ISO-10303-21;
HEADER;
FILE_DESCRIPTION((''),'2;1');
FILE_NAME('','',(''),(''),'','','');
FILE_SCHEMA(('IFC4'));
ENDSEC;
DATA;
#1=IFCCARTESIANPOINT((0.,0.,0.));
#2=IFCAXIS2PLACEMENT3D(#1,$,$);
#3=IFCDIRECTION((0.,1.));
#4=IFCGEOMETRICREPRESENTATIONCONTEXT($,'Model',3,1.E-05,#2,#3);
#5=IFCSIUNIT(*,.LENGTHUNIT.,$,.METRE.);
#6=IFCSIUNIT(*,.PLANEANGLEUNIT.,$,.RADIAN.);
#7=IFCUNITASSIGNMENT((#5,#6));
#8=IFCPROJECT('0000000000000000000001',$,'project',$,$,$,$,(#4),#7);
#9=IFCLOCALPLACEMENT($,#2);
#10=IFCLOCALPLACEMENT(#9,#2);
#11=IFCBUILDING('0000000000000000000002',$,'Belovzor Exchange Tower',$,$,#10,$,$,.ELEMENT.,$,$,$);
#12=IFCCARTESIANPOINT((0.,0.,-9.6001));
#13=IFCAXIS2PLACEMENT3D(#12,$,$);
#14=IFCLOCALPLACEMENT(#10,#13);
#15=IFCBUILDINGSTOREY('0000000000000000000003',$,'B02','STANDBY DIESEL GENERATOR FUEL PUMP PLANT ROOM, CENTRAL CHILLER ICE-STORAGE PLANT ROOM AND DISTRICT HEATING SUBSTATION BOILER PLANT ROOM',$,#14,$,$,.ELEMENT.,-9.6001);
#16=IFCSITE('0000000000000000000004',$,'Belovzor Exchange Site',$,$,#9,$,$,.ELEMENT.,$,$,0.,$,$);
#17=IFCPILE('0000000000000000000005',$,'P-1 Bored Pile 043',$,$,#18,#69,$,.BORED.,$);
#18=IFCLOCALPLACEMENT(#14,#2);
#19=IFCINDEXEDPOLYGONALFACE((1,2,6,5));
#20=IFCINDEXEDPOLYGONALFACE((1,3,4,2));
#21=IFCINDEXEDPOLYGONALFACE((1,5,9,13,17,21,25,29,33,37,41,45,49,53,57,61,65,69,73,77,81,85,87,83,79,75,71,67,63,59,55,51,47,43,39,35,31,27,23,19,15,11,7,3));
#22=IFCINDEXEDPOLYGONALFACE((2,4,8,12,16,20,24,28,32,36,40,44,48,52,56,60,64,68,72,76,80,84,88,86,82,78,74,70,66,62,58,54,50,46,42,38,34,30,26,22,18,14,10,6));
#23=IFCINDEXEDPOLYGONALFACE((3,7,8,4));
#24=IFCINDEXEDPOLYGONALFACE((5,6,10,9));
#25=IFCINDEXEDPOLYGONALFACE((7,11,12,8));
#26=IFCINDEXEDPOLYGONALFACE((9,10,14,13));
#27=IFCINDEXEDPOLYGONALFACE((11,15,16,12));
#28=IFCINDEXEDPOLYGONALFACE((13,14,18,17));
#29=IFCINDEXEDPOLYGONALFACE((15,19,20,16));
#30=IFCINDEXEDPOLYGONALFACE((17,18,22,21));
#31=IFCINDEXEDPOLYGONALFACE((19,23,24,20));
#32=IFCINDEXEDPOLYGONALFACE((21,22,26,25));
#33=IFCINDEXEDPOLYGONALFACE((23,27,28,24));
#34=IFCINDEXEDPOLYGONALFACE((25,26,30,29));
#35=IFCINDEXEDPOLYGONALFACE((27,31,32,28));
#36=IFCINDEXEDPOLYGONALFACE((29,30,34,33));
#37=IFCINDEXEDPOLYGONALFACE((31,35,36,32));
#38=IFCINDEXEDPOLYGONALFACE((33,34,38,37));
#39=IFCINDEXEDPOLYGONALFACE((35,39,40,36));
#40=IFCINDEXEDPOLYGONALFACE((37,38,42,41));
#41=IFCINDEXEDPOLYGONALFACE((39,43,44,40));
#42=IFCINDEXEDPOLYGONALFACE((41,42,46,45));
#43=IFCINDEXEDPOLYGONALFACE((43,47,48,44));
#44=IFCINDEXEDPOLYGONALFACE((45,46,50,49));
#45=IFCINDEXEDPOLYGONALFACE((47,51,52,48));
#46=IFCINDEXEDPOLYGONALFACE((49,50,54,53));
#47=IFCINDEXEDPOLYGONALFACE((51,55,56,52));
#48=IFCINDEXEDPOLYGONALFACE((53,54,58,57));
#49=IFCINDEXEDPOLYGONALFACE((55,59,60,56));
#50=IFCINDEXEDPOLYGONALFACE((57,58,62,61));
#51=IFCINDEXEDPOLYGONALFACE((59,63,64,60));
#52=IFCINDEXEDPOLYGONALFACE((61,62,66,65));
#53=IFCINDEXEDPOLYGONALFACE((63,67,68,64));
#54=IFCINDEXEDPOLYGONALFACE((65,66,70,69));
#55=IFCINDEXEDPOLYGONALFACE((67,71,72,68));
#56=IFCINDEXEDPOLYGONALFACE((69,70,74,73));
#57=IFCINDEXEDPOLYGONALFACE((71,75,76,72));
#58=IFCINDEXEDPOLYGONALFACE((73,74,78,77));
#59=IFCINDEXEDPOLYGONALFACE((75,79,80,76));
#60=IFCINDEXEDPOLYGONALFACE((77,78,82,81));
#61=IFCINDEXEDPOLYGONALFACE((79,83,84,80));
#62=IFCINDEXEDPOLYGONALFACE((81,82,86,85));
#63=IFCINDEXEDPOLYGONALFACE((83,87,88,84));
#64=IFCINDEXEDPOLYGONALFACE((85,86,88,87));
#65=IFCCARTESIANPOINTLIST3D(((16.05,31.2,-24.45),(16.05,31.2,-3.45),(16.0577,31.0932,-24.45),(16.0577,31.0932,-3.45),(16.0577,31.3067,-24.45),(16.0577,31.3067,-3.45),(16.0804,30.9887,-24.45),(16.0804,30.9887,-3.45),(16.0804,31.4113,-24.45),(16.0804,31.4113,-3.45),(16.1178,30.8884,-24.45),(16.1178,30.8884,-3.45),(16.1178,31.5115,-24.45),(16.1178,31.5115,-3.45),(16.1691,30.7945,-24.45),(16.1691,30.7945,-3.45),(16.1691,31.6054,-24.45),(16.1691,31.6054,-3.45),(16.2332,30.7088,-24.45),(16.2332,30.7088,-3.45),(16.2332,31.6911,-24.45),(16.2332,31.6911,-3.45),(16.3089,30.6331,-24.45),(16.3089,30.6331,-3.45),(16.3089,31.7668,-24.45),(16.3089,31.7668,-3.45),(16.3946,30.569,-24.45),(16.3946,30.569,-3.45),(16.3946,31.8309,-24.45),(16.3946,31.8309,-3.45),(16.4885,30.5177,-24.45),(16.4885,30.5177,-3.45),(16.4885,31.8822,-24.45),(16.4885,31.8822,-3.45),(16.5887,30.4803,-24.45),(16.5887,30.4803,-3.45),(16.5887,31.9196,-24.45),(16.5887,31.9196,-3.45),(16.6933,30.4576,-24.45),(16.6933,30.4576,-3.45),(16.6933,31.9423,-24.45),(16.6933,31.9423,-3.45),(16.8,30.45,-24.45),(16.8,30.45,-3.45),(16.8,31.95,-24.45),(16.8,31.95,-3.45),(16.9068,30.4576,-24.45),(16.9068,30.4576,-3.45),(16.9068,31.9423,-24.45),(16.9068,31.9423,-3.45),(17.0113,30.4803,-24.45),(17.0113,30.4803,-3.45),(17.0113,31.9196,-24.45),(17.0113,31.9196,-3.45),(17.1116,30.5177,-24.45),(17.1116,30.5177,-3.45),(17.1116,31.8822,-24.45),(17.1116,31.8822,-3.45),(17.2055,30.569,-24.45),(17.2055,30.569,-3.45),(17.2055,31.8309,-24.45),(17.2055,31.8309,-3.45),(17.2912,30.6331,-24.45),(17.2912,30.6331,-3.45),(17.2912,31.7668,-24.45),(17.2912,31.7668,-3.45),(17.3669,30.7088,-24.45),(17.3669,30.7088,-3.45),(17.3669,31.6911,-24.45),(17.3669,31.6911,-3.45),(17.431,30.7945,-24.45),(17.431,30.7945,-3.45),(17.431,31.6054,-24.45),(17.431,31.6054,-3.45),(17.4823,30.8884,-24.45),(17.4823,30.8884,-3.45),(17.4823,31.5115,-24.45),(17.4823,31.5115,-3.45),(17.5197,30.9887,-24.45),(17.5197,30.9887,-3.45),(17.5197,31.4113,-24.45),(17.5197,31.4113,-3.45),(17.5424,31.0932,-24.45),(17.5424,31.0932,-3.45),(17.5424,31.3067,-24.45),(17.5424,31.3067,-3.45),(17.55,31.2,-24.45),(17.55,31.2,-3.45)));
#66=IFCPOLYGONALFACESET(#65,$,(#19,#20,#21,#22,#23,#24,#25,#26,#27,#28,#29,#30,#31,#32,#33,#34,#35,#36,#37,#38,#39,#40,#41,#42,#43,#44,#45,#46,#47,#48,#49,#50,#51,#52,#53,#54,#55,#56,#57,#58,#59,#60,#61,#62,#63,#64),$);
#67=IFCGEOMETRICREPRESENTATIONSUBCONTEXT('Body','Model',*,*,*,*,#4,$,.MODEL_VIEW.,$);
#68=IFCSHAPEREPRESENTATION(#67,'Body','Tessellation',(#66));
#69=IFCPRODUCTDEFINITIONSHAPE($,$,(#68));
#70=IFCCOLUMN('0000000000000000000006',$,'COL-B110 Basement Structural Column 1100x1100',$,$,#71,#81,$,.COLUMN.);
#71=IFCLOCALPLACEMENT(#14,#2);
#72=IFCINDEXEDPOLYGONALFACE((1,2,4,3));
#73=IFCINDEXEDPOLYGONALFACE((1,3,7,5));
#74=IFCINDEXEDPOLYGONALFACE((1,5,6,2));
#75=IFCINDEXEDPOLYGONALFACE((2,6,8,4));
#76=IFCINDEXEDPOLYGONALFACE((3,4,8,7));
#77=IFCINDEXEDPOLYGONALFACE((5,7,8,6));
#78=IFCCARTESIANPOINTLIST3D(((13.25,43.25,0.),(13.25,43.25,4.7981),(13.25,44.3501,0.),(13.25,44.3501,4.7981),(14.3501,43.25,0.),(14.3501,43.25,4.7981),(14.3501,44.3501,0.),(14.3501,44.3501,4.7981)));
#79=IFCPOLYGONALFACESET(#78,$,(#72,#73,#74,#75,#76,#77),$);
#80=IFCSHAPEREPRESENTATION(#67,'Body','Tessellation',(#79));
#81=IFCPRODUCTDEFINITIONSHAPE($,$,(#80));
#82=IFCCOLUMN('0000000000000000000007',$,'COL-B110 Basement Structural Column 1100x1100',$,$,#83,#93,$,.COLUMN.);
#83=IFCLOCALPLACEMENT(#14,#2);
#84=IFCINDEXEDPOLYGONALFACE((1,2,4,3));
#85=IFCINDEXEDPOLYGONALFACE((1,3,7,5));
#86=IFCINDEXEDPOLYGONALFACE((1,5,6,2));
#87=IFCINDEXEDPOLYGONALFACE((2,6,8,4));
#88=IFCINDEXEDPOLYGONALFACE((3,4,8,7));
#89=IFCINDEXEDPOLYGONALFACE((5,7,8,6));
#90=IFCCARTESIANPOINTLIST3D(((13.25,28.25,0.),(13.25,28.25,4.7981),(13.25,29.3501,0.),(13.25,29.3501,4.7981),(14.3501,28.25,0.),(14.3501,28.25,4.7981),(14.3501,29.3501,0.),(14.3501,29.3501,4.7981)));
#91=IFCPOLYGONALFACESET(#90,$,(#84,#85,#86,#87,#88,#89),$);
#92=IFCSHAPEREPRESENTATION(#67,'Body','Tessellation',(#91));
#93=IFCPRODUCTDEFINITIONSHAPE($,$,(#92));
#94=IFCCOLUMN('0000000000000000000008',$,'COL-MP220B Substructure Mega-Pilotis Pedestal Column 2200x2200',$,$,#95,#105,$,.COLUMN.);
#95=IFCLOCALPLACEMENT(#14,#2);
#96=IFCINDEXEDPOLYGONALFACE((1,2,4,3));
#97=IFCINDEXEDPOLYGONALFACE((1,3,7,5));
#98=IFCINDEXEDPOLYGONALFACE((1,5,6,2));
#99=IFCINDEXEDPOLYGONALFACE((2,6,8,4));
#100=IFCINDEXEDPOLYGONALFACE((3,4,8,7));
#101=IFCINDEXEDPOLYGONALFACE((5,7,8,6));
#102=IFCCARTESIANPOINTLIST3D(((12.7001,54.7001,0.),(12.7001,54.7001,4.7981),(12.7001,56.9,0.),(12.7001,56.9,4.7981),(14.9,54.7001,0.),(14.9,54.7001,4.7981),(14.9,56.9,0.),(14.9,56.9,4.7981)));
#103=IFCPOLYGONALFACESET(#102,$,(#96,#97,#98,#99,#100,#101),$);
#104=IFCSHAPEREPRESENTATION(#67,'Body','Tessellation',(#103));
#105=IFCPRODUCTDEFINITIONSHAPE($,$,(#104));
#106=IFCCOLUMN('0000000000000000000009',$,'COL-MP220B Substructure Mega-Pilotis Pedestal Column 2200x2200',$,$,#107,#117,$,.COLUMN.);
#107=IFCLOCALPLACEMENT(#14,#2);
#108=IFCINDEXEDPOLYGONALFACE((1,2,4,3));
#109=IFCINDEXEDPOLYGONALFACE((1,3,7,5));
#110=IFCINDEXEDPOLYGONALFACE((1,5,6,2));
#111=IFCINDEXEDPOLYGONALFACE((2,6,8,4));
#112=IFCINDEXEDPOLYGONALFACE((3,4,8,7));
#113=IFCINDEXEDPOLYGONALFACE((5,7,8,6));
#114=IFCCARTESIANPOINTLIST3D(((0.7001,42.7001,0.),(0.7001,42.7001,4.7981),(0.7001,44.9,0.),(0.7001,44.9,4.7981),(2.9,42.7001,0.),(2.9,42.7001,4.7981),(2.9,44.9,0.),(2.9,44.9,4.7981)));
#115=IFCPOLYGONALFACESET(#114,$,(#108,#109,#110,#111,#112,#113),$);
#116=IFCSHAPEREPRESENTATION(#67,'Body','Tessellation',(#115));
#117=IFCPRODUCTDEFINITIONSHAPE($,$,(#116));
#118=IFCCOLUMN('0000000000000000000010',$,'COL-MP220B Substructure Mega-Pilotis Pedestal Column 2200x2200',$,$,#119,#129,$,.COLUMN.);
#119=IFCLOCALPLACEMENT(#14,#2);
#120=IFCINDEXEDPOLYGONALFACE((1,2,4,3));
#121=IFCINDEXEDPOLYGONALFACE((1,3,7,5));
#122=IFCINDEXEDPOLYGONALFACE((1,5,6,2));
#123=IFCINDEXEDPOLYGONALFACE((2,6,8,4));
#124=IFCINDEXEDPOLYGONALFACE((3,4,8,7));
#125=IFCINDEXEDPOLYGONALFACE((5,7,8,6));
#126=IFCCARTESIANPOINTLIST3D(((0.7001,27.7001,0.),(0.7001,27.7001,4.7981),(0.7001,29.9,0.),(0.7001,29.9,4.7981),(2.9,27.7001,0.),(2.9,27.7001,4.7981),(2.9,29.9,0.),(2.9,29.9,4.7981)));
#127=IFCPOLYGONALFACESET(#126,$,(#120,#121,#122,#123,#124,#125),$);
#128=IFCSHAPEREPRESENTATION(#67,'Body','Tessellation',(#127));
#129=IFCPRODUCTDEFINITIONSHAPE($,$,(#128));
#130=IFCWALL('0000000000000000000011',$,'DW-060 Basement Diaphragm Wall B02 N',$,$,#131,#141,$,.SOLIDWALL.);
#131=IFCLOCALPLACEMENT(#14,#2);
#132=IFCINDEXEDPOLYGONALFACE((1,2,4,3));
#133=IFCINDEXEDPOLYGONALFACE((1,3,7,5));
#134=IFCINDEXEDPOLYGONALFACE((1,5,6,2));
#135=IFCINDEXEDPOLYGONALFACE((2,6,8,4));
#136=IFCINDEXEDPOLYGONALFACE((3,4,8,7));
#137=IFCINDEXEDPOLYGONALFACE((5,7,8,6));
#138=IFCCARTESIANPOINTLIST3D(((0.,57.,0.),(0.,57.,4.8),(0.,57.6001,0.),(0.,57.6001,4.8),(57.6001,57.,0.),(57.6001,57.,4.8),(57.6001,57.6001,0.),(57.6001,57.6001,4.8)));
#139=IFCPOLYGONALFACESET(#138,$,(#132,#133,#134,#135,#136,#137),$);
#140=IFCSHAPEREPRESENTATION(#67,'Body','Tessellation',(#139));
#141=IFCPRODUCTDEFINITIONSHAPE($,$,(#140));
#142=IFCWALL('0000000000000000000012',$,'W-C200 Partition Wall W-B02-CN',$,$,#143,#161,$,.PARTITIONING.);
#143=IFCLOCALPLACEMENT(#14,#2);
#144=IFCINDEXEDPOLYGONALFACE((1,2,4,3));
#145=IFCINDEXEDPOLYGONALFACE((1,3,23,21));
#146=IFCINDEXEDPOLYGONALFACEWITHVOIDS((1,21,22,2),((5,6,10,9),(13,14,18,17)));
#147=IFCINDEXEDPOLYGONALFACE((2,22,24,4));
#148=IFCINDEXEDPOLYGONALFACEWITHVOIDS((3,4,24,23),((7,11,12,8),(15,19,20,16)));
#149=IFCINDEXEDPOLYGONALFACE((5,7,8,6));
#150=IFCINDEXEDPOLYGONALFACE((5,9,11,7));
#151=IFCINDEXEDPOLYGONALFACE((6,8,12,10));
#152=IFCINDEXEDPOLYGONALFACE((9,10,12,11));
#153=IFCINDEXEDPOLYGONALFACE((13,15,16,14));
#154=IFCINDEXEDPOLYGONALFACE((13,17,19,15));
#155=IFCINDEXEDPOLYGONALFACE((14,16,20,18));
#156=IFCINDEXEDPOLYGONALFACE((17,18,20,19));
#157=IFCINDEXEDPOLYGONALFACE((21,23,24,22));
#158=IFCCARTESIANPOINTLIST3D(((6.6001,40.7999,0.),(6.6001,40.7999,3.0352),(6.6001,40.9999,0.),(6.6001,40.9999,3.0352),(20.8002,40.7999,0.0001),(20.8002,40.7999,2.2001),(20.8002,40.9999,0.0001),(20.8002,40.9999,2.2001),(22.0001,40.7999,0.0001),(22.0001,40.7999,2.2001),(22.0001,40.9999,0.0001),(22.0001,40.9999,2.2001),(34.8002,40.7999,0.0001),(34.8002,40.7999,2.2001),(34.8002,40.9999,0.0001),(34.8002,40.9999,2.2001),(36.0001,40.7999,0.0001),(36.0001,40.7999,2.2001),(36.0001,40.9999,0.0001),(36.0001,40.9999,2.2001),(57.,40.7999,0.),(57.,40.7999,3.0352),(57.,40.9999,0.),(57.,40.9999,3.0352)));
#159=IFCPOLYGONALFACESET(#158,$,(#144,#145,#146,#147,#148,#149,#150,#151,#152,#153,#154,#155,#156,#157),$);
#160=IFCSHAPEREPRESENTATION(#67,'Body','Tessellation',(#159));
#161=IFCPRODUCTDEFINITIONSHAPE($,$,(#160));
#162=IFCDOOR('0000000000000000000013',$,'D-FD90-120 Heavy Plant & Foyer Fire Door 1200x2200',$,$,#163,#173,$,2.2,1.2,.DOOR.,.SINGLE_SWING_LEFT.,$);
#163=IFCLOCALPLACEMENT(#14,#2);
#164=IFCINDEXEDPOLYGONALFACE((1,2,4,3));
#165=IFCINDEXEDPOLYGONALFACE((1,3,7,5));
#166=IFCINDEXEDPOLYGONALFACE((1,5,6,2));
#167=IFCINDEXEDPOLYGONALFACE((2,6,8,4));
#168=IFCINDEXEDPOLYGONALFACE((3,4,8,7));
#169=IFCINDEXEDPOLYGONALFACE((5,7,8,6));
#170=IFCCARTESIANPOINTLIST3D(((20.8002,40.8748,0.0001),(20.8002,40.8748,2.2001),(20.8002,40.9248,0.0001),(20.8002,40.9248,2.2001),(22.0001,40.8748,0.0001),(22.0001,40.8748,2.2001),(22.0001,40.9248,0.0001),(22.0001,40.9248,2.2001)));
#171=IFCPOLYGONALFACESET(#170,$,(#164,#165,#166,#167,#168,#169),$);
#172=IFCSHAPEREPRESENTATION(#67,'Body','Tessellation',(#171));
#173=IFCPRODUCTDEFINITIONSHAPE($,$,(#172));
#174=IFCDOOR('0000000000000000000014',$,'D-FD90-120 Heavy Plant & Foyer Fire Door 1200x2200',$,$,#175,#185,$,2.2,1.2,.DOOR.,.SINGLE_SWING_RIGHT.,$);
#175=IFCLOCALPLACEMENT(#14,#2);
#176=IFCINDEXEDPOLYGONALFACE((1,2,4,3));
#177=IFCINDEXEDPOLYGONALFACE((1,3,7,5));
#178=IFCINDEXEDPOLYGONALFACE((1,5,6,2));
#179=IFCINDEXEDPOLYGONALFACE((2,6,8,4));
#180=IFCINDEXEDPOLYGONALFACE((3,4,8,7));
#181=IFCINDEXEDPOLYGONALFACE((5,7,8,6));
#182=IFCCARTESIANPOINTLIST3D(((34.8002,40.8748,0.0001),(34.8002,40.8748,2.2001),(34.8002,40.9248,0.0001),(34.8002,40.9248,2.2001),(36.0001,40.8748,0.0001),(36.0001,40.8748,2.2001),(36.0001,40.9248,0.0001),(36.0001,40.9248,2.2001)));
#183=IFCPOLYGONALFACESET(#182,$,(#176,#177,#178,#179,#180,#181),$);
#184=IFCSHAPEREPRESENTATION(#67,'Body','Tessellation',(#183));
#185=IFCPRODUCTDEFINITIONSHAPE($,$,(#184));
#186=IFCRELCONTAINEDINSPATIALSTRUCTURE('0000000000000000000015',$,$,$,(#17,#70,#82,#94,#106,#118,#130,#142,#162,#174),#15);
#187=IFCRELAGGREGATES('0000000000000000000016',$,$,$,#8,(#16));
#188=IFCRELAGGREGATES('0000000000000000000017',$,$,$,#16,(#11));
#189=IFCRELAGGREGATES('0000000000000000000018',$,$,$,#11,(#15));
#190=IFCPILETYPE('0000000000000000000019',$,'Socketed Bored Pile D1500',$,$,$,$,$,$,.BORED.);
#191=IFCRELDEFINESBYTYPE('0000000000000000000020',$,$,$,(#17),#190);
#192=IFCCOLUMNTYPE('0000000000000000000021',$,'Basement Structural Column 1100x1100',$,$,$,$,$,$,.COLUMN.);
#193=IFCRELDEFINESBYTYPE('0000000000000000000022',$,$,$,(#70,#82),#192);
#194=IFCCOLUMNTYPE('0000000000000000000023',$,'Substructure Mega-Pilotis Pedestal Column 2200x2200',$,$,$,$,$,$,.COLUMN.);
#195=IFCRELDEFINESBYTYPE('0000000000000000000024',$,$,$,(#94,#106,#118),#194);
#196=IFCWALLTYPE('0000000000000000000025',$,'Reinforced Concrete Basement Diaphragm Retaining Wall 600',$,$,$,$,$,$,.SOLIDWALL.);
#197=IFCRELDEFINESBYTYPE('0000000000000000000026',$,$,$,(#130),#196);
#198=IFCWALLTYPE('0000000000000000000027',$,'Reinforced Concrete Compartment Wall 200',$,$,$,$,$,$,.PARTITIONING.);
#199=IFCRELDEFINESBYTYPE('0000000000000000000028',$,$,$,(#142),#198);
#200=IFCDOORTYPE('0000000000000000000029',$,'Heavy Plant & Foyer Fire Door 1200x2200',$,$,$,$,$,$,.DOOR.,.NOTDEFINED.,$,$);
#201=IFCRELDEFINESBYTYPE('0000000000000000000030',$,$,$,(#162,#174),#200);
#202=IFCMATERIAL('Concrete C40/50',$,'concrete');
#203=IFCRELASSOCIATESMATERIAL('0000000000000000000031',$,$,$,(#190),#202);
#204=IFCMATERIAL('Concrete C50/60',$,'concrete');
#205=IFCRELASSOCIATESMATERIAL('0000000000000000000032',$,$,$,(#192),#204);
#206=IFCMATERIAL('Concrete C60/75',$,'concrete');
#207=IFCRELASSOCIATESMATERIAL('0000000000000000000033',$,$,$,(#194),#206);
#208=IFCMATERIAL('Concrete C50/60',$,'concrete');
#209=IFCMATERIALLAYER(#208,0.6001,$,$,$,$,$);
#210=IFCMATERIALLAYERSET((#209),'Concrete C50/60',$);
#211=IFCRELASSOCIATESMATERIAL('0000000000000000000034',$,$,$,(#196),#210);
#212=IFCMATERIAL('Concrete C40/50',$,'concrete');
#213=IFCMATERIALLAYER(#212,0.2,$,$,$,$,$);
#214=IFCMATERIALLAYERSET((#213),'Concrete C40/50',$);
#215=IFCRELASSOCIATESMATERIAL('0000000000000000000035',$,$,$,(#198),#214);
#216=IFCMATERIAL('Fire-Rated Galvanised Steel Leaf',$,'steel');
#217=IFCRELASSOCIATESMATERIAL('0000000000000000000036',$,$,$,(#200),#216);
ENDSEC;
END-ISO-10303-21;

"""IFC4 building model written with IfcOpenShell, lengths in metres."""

from ifc_helpers import new_model, si_unit, direction, frame, frame_2d, origin, origin_2d, place, context, subcontext, project, spatial, rectangle, circle, extrude, material, layer, layer_set, material_profile, profile_set, type_object, element, fill, save


model = new_model("IFC4")

# Units and contexts
model_context = context("Model", 3, precision=1e-05, world=origin(), true_north=direction((0.0, 1.0)))
body_context = subcontext(model_context, "Body", "Model", "MODEL_VIEW")
ifc_project = project(units=[si_unit("LENGTHUNIT", "METRE"), si_unit("PLANEANGLEUNIT", "RADIAN")], contexts=[model_context])

# Site, building, storey
site_placement = place(None, origin())
site = spatial("IfcSite", under=ifc_project, at=site_placement, Name="Belovzor Exchange Site", CompositionType="ELEMENT", RefElevation=0.0)
building_placement = place(site_placement, origin())
building = spatial("IfcBuilding", under=site, at=building_placement, Name="Belovzor Exchange Tower", CompositionType="ELEMENT")
storey_placement = place(building_placement, frame((0.0, 0.0, -9.6001)))
storey = spatial("IfcBuildingStorey", under=building, at=storey_placement, Name="B02", Description="STANDBY DIESEL GENERATOR FUEL PUMP PLANT ROOM, CENTRAL CHILLER ICE-STORAGE PLANT ROOM AND DISTRICT HEATING SUBSTATION BOILER PLANT ROOM", CompositionType="ELEMENT", Elevation=-9.6001)

# Pile
ifc_material_1 = material(Name="Concrete C40/50", Category="concrete")
ifc_material_profile_1 = material_profile(ifc_material_1, circle(Radius=0.75, at=origin_2d()))
ifc_profile_set_1 = profile_set([ifc_material_profile_1], Name="Concrete C40/50")
pile_type_1 = type_object("IfcPileType", Name="Socketed Bored Pile D1500", PredefinedType="BORED", material=ifc_profile_set_1)
for number, where, z_axis, x_axis, name in (
    (1, (16.8, 31.2, -3.45), (0.0, 0.0, -1.0), (1.0, 0.0, 0.0), "P-1 Bored Pile 043"),
):
    element("IfcPile", number, at=place(storey_placement, frame(where, z_axis=z_axis, x_axis=x_axis)), inside=storey, type_object=pile_type_1, Name=name, PredefinedType="BORED", context=body_context, shape_type="SweptSolid", body=[
        extrude(circle(Radius=0.75, at=origin_2d()), origin(), (0.0, 0.0, 1.0), 21.0),
    ])

# Columns
ifc_material_2 = material(Name="Concrete C50/60", Category="concrete")
ifc_material_profile_2 = material_profile(ifc_material_2, rectangle(XDim=1.1001, YDim=1.1001, at=origin_2d()))
ifc_profile_set_2 = profile_set([ifc_material_profile_2], Name="Concrete C50/60")
column_type_1 = type_object("IfcColumnType", Name="Basement Structural Column 1100x1100", PredefinedType="COLUMN", material=ifc_profile_set_2)
for number, where, z_axis, x_axis, name in (
    (2, (13.8, 43.8, 0.0), (0.0, 0.0, 1.0), (1.0, 0.0, 0.0), "COL-B110 Basement Structural Column 1100x1100"),
    (3, (13.8, 28.8, 0.0), (0.0, 0.0, 1.0), (1.0, 0.0, 0.0), "COL-B110 Basement Structural Column 1100x1100"),
):
    element("IfcColumn", number, at=place(storey_placement, frame(where, z_axis=z_axis, x_axis=x_axis)), inside=storey, type_object=column_type_1, Name=name, PredefinedType="COLUMN", context=body_context, shape_type="SweptSolid", body=[
        extrude(rectangle(XDim=1.1001, YDim=1.1001, at=origin_2d()), origin(), (0.0, 0.0, 1.0), 4.7981),
    ])
ifc_material_3 = material(Name="Concrete C60/75", Category="concrete")
ifc_material_profile_3 = material_profile(ifc_material_3, rectangle(XDim=2.2, YDim=2.2, at=origin_2d()))
ifc_profile_set_3 = profile_set([ifc_material_profile_3], Name="Concrete C60/75")
column_type_2 = type_object("IfcColumnType", Name="Substructure Mega-Pilotis Pedestal Column 2200x2200", PredefinedType="COLUMN", material=ifc_profile_set_3)
for number, where, z_axis, x_axis, name in (
    (4, (13.8, 55.8, 0.0), (0.0, 0.0, 1.0), (1.0, 0.0, 0.0), "COL-MP220B Substructure Mega-Pilotis Pedestal Column 2200x2200"),
    (5, (1.8, 43.8, 0.0), (0.0, 0.0, 1.0), (1.0, 0.0, 0.0), "COL-MP220B Substructure Mega-Pilotis Pedestal Column 2200x2200"),
    (6, (1.8, 28.8, 0.0), (0.0, 0.0, 1.0), (1.0, 0.0, 0.0), "COL-MP220B Substructure Mega-Pilotis Pedestal Column 2200x2200"),
):
    element("IfcColumn", number, at=place(storey_placement, frame(where, z_axis=z_axis, x_axis=x_axis)), inside=storey, type_object=column_type_2, Name=name, PredefinedType="COLUMN", context=body_context, shape_type="SweptSolid", body=[
        extrude(rectangle(XDim=2.2, YDim=2.2, at=origin_2d()), origin(), (0.0, 0.0, 1.0), 4.7981),
    ])

# Wall
ifc_material_4 = material(Name="Concrete C50/60", Category="concrete")
ifc_layer_1 = layer(ifc_material_4, 0.6001)
ifc_layer_set_1 = layer_set([ifc_layer_1], Name="Concrete C50/60")
wall_type_1 = type_object("IfcWallType", Name="Reinforced Concrete Basement Diaphragm Retaining Wall 600", PredefinedType="SOLIDWALL", material=ifc_layer_set_1)
wall_1_placement = place(storey_placement, frame((0.0, 57.3, 0.0), z_axis=(0.0, 0.0, 1.0), x_axis=(1.0, 0.0, 0.0)))
element("IfcWall", 7, at=wall_1_placement, inside=storey, type_object=wall_type_1, Name="DW-060 Basement Diaphragm Wall B02 N", PredefinedType="SOLIDWALL", context=body_context, shape_type="SweptSolid", body=[
    extrude(rectangle(XDim=57.6001, YDim=0.6001, at=frame_2d((28.8, 0.0))), origin(), (0.0, 0.0, 1.0), 4.8),
])

# Wall, openings, doors
ifc_material_5 = material(Name="Concrete C40/50", Category="concrete")
ifc_layer_2 = layer(ifc_material_5, 0.2)
ifc_layer_set_2 = layer_set([ifc_layer_2], Name="Concrete C40/50")
wall_type_2 = type_object("IfcWallType", Name="Reinforced Concrete Compartment Wall 200", PredefinedType="PARTITIONING", material=ifc_layer_set_2)
wall_2_placement = place(storey_placement, frame((6.6001, 40.8999, 0.0), z_axis=(0.0, 0.0, 1.0), x_axis=(1.0, 0.0, 0.0)))
wall_2 = element("IfcWall", 8, at=wall_2_placement, inside=storey, type_object=wall_type_2, Name="W-C200 Partition Wall W-B02-CN", PredefinedType="PARTITIONING", context=body_context, shape_type="SweptSolid", body=[
    extrude(rectangle(XDim=50.3999, YDim=0.2, at=frame_2d((25.2, 0.0))), origin(), (0.0, 0.0, 1.0), 3.0352),
])
opening_1_placement = place(wall_2_placement, frame((14.2, 0.0, 0.0)))
opening_1 = element("IfcOpeningElement", 9, at=opening_1_placement, cuts=wall_2, PredefinedType="OPENING", context=body_context, shape_type="SweptSolid", body=[
    extrude(rectangle(XDim=1.2, YDim=2.2, at=frame_2d((0.6001, 1.1001))), frame((0.0, 0.1099, 0.0), z_axis=(0.0, -1.0, 0.0), x_axis=(1.0, 0.0, 0.0)), (0.0, 0.0, 1.0), 0.22),
])
opening_2_placement = place(wall_2_placement, frame((28.2, 0.0, 0.0)))
opening_2 = element("IfcOpeningElement", 10, at=opening_2_placement, cuts=wall_2, PredefinedType="OPENING", context=body_context, shape_type="SweptSolid", body=[
    extrude(rectangle(XDim=1.2, YDim=2.2, at=frame_2d((0.6001, 1.1001))), frame((0.0, 0.1099, 0.0), z_axis=(0.0, -1.0, 0.0), x_axis=(1.0, 0.0, 0.0)), (0.0, 0.0, 1.0), 0.22),
])
ifc_material_6 = material(Name="Fire-Rated Galvanised Steel Leaf", Category="steel")
door_type = type_object("IfcDoorType", Name="Heavy Plant & Foyer Fire Door 1200x2200", OperationType="NOTDEFINED", PredefinedType="DOOR", material=ifc_material_6)
door_1_placement = place(opening_1_placement, origin())
door_1 = element("IfcDoor", 11, at=door_1_placement, inside=storey, type_object=door_type, Name="D-FD90-120 Heavy Plant & Foyer Fire Door 1200x2200", OperationType="SINGLE_SWING_LEFT", OverallHeight=2.2, OverallWidth=1.2, PredefinedType="DOOR", context=body_context, shape_type="SweptSolid", body=[
    extrude(rectangle(XDim=1.2, YDim=2.2, at=frame_2d((0.6001, 1.1001))), frame((0.0, 0.0249, 0.0), z_axis=(0.0, -1.0, 0.0), x_axis=(1.0, 0.0, 0.0)), (0.0, 0.0, 1.0), 0.05),
])
fill(opening_1, door_1)
door_2_placement = place(opening_2_placement, origin())
door_2 = element("IfcDoor", 12, at=door_2_placement, inside=storey, type_object=door_type, Name="D-FD90-120 Heavy Plant & Foyer Fire Door 1200x2200", OperationType="SINGLE_SWING_RIGHT", OverallHeight=2.2, OverallWidth=1.2, PredefinedType="DOOR", context=body_context, shape_type="SweptSolid", body=[
    extrude(rectangle(XDim=1.2, YDim=2.2, at=frame_2d((0.6001, 1.1001))), frame((0.0, 0.0249, 0.0), z_axis=(0.0, -1.0, 0.0), x_axis=(1.0, 0.0, 0.0)), (0.0, 0.0, 1.0), 0.05),
])
fill(opening_2, door_2)

save(model, "model.ifc")
